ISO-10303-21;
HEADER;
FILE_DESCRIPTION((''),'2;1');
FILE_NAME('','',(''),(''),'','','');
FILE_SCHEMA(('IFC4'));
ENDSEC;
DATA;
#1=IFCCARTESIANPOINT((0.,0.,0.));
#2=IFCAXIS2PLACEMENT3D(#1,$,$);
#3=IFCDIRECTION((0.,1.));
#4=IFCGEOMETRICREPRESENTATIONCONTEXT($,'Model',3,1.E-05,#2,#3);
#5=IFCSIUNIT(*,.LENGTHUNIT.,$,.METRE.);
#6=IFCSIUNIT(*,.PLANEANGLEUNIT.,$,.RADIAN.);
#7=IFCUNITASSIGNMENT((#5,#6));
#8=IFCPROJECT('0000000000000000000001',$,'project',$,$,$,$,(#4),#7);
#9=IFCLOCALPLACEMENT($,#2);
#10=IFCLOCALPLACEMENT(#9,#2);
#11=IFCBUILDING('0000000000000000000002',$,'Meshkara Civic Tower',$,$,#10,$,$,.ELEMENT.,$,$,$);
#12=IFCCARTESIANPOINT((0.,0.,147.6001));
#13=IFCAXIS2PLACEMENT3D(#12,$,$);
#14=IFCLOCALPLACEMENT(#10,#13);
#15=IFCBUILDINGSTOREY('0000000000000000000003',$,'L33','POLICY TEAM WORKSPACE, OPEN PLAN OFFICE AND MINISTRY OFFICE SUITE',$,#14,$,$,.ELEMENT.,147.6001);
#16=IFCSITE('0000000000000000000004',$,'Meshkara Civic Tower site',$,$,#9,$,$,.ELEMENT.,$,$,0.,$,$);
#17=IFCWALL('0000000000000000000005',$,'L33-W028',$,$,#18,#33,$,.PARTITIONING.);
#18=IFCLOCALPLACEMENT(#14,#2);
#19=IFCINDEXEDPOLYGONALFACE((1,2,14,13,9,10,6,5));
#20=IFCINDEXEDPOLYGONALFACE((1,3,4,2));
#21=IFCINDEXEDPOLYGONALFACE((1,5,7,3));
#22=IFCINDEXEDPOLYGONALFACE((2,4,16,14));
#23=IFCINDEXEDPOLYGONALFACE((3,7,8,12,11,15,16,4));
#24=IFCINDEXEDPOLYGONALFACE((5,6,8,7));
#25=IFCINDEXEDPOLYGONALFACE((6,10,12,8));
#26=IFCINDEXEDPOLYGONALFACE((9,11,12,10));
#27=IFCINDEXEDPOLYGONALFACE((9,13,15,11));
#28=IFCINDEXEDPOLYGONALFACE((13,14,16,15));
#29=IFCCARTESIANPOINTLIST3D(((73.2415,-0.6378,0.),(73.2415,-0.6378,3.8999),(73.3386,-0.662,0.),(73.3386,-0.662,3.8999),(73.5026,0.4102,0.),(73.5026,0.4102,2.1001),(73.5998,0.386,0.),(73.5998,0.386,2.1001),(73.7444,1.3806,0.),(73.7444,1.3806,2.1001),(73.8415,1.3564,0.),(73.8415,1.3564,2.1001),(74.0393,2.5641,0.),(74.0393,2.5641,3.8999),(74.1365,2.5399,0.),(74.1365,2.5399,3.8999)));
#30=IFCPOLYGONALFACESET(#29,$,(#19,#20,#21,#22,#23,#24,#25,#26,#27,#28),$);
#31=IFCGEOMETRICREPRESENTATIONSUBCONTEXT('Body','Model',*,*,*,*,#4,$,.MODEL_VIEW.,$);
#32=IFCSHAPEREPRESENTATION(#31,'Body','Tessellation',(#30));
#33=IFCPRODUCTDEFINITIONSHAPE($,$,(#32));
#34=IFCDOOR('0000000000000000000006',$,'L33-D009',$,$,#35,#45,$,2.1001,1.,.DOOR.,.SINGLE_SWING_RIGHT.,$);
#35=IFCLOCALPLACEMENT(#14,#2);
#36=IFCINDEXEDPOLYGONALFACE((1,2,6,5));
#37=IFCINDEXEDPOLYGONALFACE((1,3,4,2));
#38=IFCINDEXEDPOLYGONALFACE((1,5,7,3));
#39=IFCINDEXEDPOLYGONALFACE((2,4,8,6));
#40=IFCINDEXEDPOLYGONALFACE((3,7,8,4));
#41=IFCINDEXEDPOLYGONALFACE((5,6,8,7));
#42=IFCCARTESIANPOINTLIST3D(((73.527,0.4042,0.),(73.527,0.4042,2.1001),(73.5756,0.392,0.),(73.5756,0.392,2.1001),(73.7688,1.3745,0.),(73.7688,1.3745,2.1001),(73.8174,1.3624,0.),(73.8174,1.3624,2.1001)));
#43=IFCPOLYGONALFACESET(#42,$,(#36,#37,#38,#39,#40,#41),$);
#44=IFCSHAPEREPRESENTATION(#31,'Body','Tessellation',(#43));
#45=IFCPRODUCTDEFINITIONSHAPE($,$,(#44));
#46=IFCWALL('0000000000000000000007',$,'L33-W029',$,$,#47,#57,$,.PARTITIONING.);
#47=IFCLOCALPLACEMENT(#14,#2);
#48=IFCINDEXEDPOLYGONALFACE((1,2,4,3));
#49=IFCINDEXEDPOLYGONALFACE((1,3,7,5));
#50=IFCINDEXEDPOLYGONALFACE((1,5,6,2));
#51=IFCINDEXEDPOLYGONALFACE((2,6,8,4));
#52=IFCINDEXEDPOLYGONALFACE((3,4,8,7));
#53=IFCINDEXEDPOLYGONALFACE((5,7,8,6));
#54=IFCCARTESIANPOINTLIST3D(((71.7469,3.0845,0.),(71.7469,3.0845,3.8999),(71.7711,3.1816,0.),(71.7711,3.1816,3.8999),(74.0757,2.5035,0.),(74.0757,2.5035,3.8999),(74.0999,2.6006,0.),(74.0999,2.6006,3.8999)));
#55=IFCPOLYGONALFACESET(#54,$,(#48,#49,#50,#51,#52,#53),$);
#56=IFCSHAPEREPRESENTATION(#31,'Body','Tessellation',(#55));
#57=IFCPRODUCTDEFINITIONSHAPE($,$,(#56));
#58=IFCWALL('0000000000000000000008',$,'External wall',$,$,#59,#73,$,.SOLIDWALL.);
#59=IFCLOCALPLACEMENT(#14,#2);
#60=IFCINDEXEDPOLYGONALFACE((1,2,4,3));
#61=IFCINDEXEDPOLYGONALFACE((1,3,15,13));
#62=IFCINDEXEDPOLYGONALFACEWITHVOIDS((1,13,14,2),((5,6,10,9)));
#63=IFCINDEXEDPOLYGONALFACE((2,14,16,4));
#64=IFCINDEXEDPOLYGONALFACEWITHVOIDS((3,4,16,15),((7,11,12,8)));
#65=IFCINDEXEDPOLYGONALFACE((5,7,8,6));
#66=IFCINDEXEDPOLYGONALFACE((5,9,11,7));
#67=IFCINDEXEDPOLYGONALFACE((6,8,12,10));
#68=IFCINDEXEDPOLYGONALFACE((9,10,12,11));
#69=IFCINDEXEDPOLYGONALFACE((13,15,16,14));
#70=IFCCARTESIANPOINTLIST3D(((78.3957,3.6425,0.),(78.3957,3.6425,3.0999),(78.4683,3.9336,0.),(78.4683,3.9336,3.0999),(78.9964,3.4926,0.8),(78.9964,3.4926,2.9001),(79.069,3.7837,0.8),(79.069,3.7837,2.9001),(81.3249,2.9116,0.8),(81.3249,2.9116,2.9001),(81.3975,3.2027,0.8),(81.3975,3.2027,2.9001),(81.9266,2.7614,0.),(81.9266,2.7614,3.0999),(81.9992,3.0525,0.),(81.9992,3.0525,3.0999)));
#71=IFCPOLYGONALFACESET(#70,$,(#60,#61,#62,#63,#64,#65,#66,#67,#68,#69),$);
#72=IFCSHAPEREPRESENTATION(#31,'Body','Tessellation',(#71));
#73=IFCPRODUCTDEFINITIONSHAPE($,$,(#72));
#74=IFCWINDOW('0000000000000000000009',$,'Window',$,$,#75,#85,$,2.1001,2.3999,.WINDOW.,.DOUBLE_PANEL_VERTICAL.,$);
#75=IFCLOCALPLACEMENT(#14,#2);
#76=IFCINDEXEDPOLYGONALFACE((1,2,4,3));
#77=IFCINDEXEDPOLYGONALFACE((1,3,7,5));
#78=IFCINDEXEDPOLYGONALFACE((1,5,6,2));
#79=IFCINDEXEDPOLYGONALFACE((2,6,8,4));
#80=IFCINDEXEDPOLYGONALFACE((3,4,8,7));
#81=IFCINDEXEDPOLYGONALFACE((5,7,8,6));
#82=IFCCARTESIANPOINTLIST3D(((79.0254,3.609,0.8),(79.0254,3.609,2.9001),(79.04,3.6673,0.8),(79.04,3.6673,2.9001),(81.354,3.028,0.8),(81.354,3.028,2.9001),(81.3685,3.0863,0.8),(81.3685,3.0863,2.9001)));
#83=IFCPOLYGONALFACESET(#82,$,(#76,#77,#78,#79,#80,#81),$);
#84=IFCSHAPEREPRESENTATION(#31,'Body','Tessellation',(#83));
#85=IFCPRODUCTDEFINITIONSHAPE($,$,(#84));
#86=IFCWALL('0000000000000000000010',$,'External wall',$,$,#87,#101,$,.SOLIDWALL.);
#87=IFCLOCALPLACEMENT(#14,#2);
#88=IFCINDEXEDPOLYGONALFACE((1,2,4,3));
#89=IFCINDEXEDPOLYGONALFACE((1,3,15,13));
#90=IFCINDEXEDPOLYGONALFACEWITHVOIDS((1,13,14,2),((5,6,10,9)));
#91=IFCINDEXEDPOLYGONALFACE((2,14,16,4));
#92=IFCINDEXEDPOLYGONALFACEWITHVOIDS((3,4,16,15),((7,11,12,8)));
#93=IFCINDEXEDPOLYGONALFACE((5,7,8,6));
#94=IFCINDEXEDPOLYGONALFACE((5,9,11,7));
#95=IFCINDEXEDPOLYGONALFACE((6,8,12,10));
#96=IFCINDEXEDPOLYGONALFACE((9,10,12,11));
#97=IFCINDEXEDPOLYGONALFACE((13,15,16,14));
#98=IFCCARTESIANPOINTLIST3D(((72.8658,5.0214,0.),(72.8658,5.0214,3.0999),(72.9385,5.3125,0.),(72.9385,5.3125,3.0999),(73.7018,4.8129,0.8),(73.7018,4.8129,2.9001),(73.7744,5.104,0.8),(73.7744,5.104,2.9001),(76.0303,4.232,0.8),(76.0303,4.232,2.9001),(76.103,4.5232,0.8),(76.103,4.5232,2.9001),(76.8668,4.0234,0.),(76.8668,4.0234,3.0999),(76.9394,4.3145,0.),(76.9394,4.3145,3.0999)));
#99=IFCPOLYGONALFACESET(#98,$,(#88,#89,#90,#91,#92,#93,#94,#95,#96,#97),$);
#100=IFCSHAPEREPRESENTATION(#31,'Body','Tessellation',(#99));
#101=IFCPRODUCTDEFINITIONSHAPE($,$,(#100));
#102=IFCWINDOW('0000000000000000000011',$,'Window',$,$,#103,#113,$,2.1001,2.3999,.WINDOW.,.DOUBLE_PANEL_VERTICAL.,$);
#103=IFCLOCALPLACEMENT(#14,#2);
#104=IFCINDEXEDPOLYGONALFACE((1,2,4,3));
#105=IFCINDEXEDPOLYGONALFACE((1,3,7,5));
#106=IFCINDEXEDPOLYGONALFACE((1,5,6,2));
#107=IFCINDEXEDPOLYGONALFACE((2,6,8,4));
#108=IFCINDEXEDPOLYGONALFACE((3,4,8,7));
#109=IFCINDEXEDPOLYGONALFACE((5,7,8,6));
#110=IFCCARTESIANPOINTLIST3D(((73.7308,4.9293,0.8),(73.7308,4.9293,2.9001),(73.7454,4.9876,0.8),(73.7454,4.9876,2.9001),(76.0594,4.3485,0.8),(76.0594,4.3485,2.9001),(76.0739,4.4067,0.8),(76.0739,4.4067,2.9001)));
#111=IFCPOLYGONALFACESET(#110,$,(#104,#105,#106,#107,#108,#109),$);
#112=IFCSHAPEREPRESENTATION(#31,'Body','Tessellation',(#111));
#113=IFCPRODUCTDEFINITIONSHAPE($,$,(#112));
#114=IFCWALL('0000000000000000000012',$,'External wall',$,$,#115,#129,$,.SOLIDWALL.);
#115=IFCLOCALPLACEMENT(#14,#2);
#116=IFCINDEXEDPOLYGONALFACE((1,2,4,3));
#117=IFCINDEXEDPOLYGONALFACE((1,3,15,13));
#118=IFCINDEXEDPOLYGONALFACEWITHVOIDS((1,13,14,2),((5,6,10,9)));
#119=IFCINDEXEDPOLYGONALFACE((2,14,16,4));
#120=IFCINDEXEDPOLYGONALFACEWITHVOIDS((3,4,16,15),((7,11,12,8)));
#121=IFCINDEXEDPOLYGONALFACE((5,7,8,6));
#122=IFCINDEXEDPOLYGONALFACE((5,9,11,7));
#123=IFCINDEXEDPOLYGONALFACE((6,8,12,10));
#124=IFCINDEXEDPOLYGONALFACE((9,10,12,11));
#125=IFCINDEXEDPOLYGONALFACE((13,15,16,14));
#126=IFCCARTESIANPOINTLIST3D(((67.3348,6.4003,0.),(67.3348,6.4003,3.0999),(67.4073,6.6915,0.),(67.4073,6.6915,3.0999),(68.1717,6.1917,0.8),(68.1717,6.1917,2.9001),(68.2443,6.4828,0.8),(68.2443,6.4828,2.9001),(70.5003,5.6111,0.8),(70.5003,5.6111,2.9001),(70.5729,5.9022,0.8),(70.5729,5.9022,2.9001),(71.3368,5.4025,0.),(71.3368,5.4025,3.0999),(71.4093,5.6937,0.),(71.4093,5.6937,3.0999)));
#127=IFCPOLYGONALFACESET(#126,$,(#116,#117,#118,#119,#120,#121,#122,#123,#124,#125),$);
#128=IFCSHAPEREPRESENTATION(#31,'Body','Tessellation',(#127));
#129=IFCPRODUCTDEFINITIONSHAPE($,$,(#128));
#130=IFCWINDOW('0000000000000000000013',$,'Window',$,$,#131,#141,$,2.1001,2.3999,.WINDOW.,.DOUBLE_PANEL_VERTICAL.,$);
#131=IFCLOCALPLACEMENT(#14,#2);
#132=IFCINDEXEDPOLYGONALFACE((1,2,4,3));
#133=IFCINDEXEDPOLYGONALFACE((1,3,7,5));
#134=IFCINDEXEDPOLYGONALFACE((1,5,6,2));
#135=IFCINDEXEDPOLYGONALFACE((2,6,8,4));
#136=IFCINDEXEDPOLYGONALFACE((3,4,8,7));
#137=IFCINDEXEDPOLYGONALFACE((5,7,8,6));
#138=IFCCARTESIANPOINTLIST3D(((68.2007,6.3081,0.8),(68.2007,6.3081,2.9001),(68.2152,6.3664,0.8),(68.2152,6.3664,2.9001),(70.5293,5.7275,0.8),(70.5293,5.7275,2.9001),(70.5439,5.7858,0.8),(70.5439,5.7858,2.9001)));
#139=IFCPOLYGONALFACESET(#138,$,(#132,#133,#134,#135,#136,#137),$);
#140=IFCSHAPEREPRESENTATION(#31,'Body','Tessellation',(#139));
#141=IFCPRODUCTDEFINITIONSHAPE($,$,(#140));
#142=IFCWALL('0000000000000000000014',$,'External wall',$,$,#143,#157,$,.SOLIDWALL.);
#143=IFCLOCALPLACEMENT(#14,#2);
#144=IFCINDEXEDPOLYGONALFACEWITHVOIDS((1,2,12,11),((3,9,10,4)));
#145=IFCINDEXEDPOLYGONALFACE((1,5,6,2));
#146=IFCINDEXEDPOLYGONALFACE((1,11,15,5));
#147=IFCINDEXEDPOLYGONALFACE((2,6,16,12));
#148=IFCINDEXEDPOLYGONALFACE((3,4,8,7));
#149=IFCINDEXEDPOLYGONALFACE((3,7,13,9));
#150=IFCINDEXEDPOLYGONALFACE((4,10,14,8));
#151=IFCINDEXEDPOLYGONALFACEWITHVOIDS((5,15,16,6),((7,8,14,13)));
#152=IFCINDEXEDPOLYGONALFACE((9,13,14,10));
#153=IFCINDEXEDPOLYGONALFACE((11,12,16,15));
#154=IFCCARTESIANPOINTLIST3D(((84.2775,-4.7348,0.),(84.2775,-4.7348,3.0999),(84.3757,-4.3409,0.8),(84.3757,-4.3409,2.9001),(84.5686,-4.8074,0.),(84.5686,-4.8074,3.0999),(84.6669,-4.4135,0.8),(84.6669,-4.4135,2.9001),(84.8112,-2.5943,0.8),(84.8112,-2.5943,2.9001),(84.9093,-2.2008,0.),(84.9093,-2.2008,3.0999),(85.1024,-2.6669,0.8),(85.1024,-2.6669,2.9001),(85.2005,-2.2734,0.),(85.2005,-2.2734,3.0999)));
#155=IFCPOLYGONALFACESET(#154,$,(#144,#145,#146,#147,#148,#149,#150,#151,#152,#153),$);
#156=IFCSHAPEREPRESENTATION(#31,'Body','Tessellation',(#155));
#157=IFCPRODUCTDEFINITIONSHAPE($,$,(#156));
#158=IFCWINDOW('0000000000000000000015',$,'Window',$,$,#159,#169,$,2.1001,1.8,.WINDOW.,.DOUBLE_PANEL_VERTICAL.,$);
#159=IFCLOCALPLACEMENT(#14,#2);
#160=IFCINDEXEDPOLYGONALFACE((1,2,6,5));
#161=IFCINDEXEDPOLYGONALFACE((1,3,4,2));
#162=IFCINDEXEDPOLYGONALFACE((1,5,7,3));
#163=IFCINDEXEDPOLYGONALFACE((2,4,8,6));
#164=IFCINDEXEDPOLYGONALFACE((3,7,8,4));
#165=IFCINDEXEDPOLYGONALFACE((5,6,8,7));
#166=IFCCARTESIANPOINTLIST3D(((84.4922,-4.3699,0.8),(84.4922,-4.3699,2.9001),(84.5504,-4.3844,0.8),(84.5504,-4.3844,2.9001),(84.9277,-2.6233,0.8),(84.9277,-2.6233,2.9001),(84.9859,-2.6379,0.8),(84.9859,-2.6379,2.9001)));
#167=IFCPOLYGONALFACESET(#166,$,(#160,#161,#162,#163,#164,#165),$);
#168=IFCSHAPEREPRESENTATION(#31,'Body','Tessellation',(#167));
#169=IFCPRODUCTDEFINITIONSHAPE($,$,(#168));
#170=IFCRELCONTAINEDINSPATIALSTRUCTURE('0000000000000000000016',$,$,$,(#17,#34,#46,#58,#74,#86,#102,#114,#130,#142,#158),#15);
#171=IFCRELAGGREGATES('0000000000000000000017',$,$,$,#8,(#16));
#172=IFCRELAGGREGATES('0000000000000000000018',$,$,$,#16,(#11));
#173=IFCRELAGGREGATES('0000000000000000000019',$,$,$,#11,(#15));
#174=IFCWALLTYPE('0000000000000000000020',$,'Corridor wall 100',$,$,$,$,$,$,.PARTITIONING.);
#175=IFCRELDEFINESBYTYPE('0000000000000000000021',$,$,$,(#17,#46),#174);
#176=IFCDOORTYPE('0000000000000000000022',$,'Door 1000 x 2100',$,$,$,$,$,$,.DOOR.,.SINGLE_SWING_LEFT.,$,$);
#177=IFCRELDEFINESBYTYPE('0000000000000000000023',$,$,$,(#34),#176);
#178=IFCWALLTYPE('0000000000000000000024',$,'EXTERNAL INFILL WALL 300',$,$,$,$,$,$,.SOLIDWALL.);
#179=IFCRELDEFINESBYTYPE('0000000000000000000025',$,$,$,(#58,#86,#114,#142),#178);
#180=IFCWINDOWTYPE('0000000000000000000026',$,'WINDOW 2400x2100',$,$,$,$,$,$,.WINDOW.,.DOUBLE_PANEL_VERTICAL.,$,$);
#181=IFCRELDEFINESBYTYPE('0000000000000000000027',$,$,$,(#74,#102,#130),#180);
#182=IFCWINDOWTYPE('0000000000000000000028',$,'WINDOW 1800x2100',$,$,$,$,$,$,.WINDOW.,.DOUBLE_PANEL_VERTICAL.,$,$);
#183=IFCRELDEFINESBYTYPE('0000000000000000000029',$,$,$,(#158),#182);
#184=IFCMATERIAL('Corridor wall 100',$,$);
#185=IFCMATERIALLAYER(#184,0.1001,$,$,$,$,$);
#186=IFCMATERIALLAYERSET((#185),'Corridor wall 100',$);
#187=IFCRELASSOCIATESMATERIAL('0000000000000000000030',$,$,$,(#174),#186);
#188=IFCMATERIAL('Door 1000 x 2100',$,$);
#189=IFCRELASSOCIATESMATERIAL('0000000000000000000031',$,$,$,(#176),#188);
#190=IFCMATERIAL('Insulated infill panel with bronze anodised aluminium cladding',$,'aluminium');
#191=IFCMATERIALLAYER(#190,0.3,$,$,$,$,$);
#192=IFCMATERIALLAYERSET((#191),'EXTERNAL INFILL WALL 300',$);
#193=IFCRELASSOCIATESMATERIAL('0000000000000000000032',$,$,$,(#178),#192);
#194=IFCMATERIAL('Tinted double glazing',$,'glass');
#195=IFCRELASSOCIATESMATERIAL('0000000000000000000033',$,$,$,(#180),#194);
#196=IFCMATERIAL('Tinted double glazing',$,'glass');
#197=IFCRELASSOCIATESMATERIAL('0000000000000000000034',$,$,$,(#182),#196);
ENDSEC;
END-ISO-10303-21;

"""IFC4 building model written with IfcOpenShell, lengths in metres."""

from ifc_helpers import new_model, si_unit, direction, frame, frame_2d, origin, place, context, subcontext, project, spatial, rectangle, extrude, material, layer, layer_set, type_object, element, fill, save


model = new_model("IFC4")

# Units and contexts
model_context = context("Model", 3, precision=1e-05, world=origin(), true_north=direction((0.0, 1.0)))
body_context = subcontext(model_context, "Body", "Model", "MODEL_VIEW")
ifc_project = project(units=[si_unit("LENGTHUNIT", "METRE"), si_unit("PLANEANGLEUNIT", "RADIAN")], contexts=[model_context])

# Site, building, storey
site_placement = place(None, origin())
site = spatial("IfcSite", under=ifc_project, at=site_placement, Name="Meshkara Civic Tower site", CompositionType="ELEMENT", RefElevation=0.0)
building_placement = place(site_placement, origin())
building = spatial("IfcBuilding", under=site, at=building_placement, Name="Meshkara Civic Tower", CompositionType="ELEMENT")
storey_placement = place(building_placement, frame((0.0, 0.0, 147.6001)))
storey = spatial("IfcBuildingStorey", under=building, at=storey_placement, Name="L33", Description="POLICY TEAM WORKSPACE, OPEN PLAN OFFICE AND MINISTRY OFFICE SUITE", CompositionType="ELEMENT", Elevation=147.6001)

# Wall, opening, door
ifc_material_1 = material(Name="Corridor wall 100")
ifc_layer_1 = layer(ifc_material_1, 0.1001)
ifc_layer_set_1 = layer_set([ifc_layer_1], Name="Corridor wall 100")
wall_type_1 = type_object("IfcWallType", Name="Corridor wall 100", PredefinedType="PARTITIONING", material=ifc_layer_set_1)
wall_1_placement = place(storey_placement, frame((73.29, -0.6499, 0.0), z_axis=(0.0, 0.0, 1.0), x_axis=(0.241787, 0.970329, 0.0)))
wall_1 = element("IfcWall", 1, at=wall_1_placement, inside=storey, type_object=wall_type_1, Name="L33-W028", PredefinedType="PARTITIONING", context=body_context, shape_type="SweptSolid", body=[
    extrude(rectangle(XDim=3.2998, YDim=0.1001, at=frame_2d((1.6499, 0.0))), origin(), (0.0, 0.0, 1.0), 3.8999),
])
opening_1_placement = place(wall_1_placement, frame((1.0801, 0.0, 0.0)))
opening_1 = element("IfcOpeningElement", 2, at=opening_1_placement, cuts=wall_1, PredefinedType="OPENING", context=body_context, shape_type="SweptSolid", body=[
    extrude(rectangle(XDim=1.0, YDim=2.1001, at=frame_2d((0.5, 1.05))), frame((0.0, 0.0601, 0.0), z_axis=(0.0, -1.0, 0.0), x_axis=(1.0, 0.0, 0.0)), (0.0, 0.0, 1.0), 0.1201),
])
ifc_material_2 = material(Name="Door 1000 x 2100")
door_type_1 = type_object("IfcDoorType", Name="Door 1000 x 2100", OperationType="SINGLE_SWING_LEFT", PredefinedType="DOOR", material=ifc_material_2)
door_1_placement = place(opening_1_placement, origin())
door_1 = element("IfcDoor", 3, at=door_1_placement, inside=storey, type_object=door_type_1, Name="L33-D009", OperationType="SINGLE_SWING_RIGHT", OverallHeight=2.1001, OverallWidth=1.0, PredefinedType="DOOR", context=body_context, shape_type="SweptSolid", body=[
    extrude(rectangle(XDim=1.0, YDim=2.1001, at=frame_2d((0.5, 1.05))), frame((0.0, 0.0249, 0.0), z_axis=(0.0, -1.0, 0.0), x_axis=(1.0, 0.0, 0.0)), (0.0, 0.0, 1.0), 0.05),
])
fill(opening_1, door_1)

# Wall
wall_2_placement = place(storey_placement, frame((74.0879, 2.552, 0.0), z_axis=(0.0, 0.0, 1.0), x_axis=(-0.970256, 0.242081, 0.0)))
element("IfcWall", 4, at=wall_2_placement, inside=storey, type_object=wall_type_1, Name="L33-W029", PredefinedType="PARTITIONING", context=body_context, shape_type="SweptSolid", body=[
    extrude(rectangle(XDim=2.4001, YDim=0.1001, at=frame_2d((1.2002, 0.0))), origin(), (0.0, 0.0, 1.0), 3.8999),
])

# Walls, openings, windows
ifc_material_3 = material(Name="Insulated infill panel with bronze anodised aluminium cladding", Category="aluminium")
ifc_layer_2 = layer(ifc_material_3, 0.3)
ifc_layer_set_2 = layer_set([ifc_layer_2], Name="EXTERNAL INFILL WALL 300")
wall_type_2 = type_object("IfcWallType", Name="EXTERNAL INFILL WALL 300", PredefinedType="SOLIDWALL", material=ifc_layer_set_2)
wall_3_placement = place(storey_placement, frame((81.9629, 2.907, 0.0), z_axis=(0.0, 0.0, 1.0), x_axis=(-0.970249, 0.242109, 0.0)))
wall_3 = element("IfcWall", 5, at=wall_3_placement, inside=storey, type_object=wall_type_2, Name="External wall", PredefinedType="SOLIDWALL", context=body_context, shape_type="SweptSolid", body=[
    extrude(rectangle(XDim=3.6392, YDim=0.3, at=frame_2d((1.8196, 0.0))), origin(), (0.0, 0.0, 1.0), 3.0999),
])
opening_2_placement = place(wall_3_placement, frame((0.6201, 0.0, 0.8)))
opening_2 = element("IfcOpeningElement", 6, at=opening_2_placement, cuts=wall_3, PredefinedType="OPENING", context=body_context, shape_type="SweptSolid", body=[
    extrude(rectangle(XDim=2.3999, YDim=2.1001, at=frame_2d((1.2, 1.05))), frame((0.0, 0.1599, 0.0), z_axis=(0.0, -1.0, 0.0), x_axis=(1.0, 0.0, 0.0)), (0.0, 0.0, 1.0), 0.3201),
])
ifc_material_4 = material(Name="Tinted double glazing", Category="glass")
window_type_1 = type_object("IfcWindowType", Name="WINDOW 2400x2100", PartitioningType="DOUBLE_PANEL_VERTICAL", PredefinedType="WINDOW", material=ifc_material_4)
window_1_placement = place(opening_2_placement, origin())
window_1 = element("IfcWindow", 7, at=window_1_placement, inside=storey, type_object=window_type_1, Name="Window", OverallHeight=2.1001, OverallWidth=2.3999, PartitioningType="DOUBLE_PANEL_VERTICAL", PredefinedType="WINDOW", context=body_context, shape_type="SweptSolid", body=[
    extrude(rectangle(XDim=2.3999, YDim=2.1001, at=frame_2d((1.2, 1.05))), frame((0.0, 0.03, 0.0), z_axis=(0.0, -1.0, 0.0), x_axis=(1.0, 0.0, 0.0)), (0.0, 0.0, 1.0), 0.0601),
])
fill(opening_2, window_1)
wall_4_placement = place(storey_placement, frame((76.9031, 4.1689, 0.0), z_axis=(0.0, 0.0, 1.0), x_axis=(-0.970268, 0.242034, 0.0)))
wall_4 = element("IfcWall", 8, at=wall_4_placement, inside=storey, type_object=wall_type_2, Name="External wall", PredefinedType="SOLIDWALL", context=body_context, shape_type="SweptSolid", body=[
    extrude(rectangle(XDim=4.1235, YDim=0.3, at=frame_2d((2.0618, 0.0))), origin(), (0.0, 0.0, 1.0), 3.0999),
])
opening_3_placement = place(wall_4_placement, frame((0.8621, 0.0, 0.8)))
opening_3 = element("IfcOpeningElement", 9, at=opening_3_placement, cuts=wall_4, PredefinedType="OPENING", context=body_context, shape_type="SweptSolid", body=[
    extrude(rectangle(XDim=2.3999, YDim=2.1001, at=frame_2d((1.2, 1.05))), frame((0.0, 0.1599, 0.0), z_axis=(0.0, -1.0, 0.0), x_axis=(1.0, 0.0, 0.0)), (0.0, 0.0, 1.0), 0.3201),
])
window_2_placement = place(opening_3_placement, origin())
window_2 = element("IfcWindow", 10, at=window_2_placement, inside=storey, type_object=window_type_1, Name="Window", OverallHeight=2.1001, OverallWidth=2.3999, PartitioningType="DOUBLE_PANEL_VERTICAL", PredefinedType="WINDOW", context=body_context, shape_type="SweptSolid", body=[
    extrude(rectangle(XDim=2.3999, YDim=2.1001, at=frame_2d((1.2, 1.05))), frame((0.0, 0.03, 0.0), z_axis=(0.0, -1.0, 0.0), x_axis=(1.0, 0.0, 0.0)), (0.0, 0.0, 1.0), 0.0601),
])
fill(opening_3, window_2)
wall_5_placement = place(storey_placement, frame((71.373, 5.5481, 0.0), z_axis=(0.0, 0.0, 1.0), x_axis=(-0.970296, 0.241923, 0.0)))
wall_5 = element("IfcWall", 11, at=wall_5_placement, inside=storey, type_object=wall_type_2, Name="External wall", PredefinedType="SOLIDWALL", context=body_context, shape_type="SweptSolid", body=[
    extrude(rectangle(XDim=4.1245, YDim=0.3, at=frame_2d((2.0623, 0.0))), origin(), (0.0, 0.0, 1.0), 3.0999),
])
opening_4_placement = place(wall_5_placement, frame((0.8621, 0.0, 0.8)))
opening_4 = element("IfcOpeningElement", 12, at=opening_4_placement, cuts=wall_5, PredefinedType="OPENING", context=body_context, shape_type="SweptSolid", body=[
    extrude(rectangle(XDim=2.3999, YDim=2.1001, at=frame_2d((1.2, 1.05))), frame((0.0, 0.1599, 0.0), z_axis=(0.0, -1.0, 0.0), x_axis=(1.0, 0.0, 0.0)), (0.0, 0.0, 1.0), 0.3201),
])
window_3_placement = place(opening_4_placement, origin())
window_3 = element("IfcWindow", 13, at=window_3_placement, inside=storey, type_object=window_type_1, Name="Window", OverallHeight=2.1001, OverallWidth=2.3999, PartitioningType="DOUBLE_PANEL_VERTICAL", PredefinedType="WINDOW", context=body_context, shape_type="SweptSolid", body=[
    extrude(rectangle(XDim=2.3999, YDim=2.1001, at=frame_2d((1.2, 1.05))), frame((0.0, 0.03, 0.0), z_axis=(0.0, -1.0, 0.0), x_axis=(1.0, 0.0, 0.0)), (0.0, 0.0, 1.0), 0.0601),
])
fill(opening_4, window_3)
wall_6_placement = place(storey_placement, frame((84.4231, -4.771, 0.0), z_axis=(0.0, 0.0, 1.0), x_axis=(0.241942, 0.970291, 0.0)))
wall_6 = element("IfcWall", 14, at=wall_6_placement, inside=storey, type_object=wall_type_2, Name="External wall", PredefinedType="SOLIDWALL", context=body_context, shape_type="SweptSolid", body=[
    extrude(rectangle(XDim=2.6116, YDim=0.3, at=frame_2d((1.3057, 0.0))), origin(), (0.0, 0.0, 1.0), 3.0999),
])
opening_5_placement = place(wall_6_placement, frame((0.406, 0.0, 0.8)))
opening_5 = element("IfcOpeningElement", 15, at=opening_5_placement, cuts=wall_6, PredefinedType="OPENING", context=body_context, shape_type="SweptSolid", body=[
    extrude(rectangle(XDim=1.8, YDim=2.1001, at=frame_2d((0.8999, 1.05))), frame((0.0, 0.1599, 0.0), z_axis=(0.0, -1.0, 0.0), x_axis=(1.0, 0.0, 0.0)), (0.0, 0.0, 1.0), 0.3201),
])
ifc_material_5 = material(Name="Tinted double glazing", Category="glass")
window_type_2 = type_object("IfcWindowType", Name="WINDOW 1800x2100", PartitioningType="DOUBLE_PANEL_VERTICAL", PredefinedType="WINDOW", material=ifc_material_5)
window_4_placement = place(opening_5_placement, origin())
window_4 = element("IfcWindow", 16, at=window_4_placement, inside=storey, type_object=window_type_2, Name="Window", OverallHeight=2.1001, OverallWidth=1.8, PartitioningType="DOUBLE_PANEL_VERTICAL", PredefinedType="WINDOW", context=body_context, shape_type="SweptSolid", body=[
    extrude(rectangle(XDim=1.8, YDim=2.1001, at=frame_2d((0.8999, 1.05))), frame((0.0, 0.03, 0.0), z_axis=(0.0, -1.0, 0.0), x_axis=(1.0, 0.0, 0.0)), (0.0, 0.0, 1.0), 0.0601),
])
fill(opening_5, window_4)

save(model, "model.ifc")
